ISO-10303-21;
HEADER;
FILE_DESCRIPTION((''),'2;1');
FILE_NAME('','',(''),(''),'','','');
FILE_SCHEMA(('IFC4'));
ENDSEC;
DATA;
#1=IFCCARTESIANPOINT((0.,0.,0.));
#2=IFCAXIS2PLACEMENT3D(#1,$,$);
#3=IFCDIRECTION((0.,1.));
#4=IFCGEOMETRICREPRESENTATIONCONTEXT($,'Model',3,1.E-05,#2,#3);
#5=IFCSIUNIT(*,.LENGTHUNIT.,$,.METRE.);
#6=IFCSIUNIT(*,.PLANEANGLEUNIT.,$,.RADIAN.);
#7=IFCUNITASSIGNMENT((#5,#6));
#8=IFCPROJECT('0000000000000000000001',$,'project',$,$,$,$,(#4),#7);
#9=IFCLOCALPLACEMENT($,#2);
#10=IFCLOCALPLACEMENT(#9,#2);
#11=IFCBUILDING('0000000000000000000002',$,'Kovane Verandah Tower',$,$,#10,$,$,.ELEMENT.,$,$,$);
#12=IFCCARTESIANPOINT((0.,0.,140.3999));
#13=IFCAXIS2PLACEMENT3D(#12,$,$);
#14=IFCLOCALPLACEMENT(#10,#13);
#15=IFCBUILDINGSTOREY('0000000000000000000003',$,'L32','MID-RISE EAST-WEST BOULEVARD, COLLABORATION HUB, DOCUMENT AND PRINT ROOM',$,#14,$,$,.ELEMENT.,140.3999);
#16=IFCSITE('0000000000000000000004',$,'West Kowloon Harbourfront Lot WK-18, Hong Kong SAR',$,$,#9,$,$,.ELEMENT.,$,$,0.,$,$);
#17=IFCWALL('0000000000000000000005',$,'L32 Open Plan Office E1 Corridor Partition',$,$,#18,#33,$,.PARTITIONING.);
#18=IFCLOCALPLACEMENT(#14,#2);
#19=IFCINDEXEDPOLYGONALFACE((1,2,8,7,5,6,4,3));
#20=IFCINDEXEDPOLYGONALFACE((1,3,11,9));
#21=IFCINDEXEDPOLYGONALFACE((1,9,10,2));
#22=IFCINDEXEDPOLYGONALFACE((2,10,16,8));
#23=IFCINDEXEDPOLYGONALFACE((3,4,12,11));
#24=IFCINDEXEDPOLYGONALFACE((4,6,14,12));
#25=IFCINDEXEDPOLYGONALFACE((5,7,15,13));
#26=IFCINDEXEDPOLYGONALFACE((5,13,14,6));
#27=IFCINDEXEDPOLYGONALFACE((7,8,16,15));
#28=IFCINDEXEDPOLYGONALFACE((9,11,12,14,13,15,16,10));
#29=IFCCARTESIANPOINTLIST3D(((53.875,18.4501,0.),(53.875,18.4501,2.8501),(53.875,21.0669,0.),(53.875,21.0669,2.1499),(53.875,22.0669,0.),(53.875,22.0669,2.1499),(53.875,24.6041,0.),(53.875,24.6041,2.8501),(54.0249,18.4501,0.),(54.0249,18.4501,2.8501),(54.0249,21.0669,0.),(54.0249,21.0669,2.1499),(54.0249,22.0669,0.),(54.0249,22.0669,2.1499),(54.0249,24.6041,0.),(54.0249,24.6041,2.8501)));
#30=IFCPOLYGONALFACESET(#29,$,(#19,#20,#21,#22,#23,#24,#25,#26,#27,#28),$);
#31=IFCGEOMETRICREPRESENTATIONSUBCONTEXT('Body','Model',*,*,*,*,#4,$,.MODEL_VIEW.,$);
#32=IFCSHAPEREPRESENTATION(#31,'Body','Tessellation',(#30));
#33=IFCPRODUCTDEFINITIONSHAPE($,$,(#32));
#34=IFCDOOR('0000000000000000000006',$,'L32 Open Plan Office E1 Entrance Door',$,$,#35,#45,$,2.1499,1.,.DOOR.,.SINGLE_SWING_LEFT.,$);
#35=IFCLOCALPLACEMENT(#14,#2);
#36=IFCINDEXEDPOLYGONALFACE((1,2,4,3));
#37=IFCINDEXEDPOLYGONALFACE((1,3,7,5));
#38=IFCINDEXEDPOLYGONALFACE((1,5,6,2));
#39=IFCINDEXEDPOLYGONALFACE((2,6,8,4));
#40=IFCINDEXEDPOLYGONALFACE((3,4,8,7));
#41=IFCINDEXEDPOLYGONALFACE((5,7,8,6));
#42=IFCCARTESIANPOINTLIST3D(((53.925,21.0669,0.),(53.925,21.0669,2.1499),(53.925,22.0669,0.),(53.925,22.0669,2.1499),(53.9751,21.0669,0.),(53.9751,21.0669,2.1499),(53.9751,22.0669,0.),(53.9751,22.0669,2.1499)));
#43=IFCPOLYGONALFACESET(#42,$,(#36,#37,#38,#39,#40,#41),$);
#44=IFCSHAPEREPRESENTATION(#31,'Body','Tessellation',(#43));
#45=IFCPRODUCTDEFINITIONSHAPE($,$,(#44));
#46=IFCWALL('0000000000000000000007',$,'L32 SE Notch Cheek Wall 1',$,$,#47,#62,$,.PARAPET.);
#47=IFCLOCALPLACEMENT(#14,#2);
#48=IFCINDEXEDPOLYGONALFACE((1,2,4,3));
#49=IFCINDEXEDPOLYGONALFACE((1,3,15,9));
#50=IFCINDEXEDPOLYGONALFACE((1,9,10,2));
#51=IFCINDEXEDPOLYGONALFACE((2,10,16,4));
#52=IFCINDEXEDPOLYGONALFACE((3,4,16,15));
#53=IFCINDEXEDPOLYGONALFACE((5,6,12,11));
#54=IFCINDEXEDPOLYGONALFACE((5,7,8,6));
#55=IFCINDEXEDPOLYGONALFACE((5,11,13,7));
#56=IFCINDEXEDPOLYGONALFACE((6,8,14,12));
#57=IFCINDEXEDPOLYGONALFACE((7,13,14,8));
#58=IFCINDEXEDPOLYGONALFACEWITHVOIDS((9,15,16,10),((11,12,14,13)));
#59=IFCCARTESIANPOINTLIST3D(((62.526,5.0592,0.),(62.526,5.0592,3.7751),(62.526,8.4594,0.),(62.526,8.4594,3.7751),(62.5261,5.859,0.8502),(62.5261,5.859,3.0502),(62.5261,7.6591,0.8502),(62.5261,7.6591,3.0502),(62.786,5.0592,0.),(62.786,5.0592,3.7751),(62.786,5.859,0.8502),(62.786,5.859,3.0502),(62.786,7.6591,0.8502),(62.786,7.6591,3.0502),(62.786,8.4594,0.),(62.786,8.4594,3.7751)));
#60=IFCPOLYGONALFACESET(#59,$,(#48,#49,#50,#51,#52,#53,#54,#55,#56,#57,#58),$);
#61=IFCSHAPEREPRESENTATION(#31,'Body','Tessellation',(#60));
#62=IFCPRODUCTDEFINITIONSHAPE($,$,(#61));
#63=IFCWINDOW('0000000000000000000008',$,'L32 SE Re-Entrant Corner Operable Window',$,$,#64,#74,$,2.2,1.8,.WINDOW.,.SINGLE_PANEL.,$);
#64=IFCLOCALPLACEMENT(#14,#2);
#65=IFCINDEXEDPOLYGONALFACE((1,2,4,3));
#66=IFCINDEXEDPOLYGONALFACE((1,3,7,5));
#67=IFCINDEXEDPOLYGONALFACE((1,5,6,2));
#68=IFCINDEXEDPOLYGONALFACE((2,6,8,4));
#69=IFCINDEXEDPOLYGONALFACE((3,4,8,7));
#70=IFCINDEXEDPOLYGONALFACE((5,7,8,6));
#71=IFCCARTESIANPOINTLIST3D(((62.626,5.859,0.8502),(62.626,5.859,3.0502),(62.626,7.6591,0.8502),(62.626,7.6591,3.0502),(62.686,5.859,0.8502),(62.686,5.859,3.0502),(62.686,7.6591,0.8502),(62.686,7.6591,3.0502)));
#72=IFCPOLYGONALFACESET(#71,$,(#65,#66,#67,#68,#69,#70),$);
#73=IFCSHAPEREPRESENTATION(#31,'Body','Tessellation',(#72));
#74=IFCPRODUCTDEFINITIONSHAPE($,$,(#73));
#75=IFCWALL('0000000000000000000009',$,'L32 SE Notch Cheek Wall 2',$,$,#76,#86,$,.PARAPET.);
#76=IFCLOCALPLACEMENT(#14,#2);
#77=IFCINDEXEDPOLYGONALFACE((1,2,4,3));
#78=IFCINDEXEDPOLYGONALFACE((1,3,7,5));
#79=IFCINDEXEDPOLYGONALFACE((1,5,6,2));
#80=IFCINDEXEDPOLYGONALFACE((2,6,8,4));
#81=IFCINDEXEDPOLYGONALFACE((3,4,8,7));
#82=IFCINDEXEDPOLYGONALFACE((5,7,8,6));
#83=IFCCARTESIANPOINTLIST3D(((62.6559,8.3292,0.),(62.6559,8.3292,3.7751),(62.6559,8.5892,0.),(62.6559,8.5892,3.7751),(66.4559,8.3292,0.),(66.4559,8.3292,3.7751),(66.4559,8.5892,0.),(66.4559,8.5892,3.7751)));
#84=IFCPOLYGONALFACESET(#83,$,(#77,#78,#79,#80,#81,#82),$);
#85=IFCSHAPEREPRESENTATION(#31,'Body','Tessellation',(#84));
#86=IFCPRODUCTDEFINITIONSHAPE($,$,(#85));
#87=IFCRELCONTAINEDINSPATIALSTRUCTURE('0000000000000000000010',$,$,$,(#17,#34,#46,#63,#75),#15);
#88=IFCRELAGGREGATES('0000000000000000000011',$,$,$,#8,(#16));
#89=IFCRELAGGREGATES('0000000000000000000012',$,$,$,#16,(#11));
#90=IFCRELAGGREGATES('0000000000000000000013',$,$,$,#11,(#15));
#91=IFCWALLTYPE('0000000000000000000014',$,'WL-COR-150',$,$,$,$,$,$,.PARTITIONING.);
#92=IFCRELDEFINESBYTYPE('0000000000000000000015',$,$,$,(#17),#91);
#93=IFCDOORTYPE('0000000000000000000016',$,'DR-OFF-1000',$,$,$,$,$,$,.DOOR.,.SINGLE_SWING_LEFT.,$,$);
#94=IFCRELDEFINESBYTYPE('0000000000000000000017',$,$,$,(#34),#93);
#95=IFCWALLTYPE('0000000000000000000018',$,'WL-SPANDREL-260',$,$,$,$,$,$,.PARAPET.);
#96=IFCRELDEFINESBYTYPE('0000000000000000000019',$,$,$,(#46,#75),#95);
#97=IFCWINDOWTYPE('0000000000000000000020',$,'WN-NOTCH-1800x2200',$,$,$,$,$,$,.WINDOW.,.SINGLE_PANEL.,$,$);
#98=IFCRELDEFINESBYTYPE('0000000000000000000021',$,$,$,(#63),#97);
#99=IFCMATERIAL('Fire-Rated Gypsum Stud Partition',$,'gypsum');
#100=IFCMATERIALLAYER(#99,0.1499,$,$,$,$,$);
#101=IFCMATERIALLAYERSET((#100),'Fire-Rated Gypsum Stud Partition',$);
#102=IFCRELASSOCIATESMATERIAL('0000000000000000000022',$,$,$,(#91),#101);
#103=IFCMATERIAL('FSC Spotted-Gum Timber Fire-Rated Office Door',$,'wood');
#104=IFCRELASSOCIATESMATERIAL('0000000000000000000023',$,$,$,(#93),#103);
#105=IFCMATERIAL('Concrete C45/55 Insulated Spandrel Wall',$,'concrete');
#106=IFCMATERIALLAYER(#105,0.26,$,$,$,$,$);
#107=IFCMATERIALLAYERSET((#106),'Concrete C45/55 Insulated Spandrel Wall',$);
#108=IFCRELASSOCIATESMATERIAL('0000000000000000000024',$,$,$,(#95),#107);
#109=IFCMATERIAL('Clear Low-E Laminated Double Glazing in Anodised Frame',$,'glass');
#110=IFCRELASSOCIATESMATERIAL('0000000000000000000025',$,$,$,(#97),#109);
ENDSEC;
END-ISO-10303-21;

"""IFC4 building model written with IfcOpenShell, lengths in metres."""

from ifc_helpers import new_model, si_unit, direction, frame, frame_2d, origin, place, context, subcontext, project, spatial, rectangle, extrude, material, layer, layer_set, type_object, element, fill, save


model = new_model("IFC4")

# Units and contexts
model_context = context("Model", 3, precision=1e-05, world=origin(), true_north=direction((0.0, 1.0)))
body_context = subcontext(model_context, "Body", "Model", "MODEL_VIEW")
ifc_project = project(units=[si_unit("LENGTHUNIT", "METRE"), si_unit("PLANEANGLEUNIT", "RADIAN")], contexts=[model_context])

# Site, building, storey
site_placement = place(None, origin())
site = spatial("IfcSite", under=ifc_project, at=site_placement, Name="West Kowloon Harbourfront Lot WK-18, Hong Kong SAR", CompositionType="ELEMENT", RefElevation=0.0)
building_placement = place(site_placement, origin())
building = spatial("IfcBuilding", under=site, at=building_placement, Name="Kovane Verandah Tower", CompositionType="ELEMENT")
storey_placement = place(building_placement, frame((0.0, 0.0, 140.3999)))
storey = spatial("IfcBuildingStorey", under=building, at=storey_placement, Name="L32", Description="MID-RISE EAST-WEST BOULEVARD, COLLABORATION HUB, DOCUMENT AND PRINT ROOM", CompositionType="ELEMENT", Elevation=140.3999)

# Wall, opening, door
ifc_material_1 = material(Name="Fire-Rated Gypsum Stud Partition", Category="gypsum")
ifc_layer_1 = layer(ifc_material_1, 0.1499)
ifc_layer_set_1 = layer_set([ifc_layer_1], Name="Fire-Rated Gypsum Stud Partition")
wall_type_1 = type_object("IfcWallType", Name="WL-COR-150", PredefinedType="PARTITIONING", material=ifc_layer_set_1)
wall_1_placement = place(storey_placement, frame((53.95, 18.45, 0.0), z_axis=(0.0, 0.0, 1.0), x_axis=(0.0, 1.0, 0.0)))
wall_1 = element("IfcWall", 1, at=wall_1_placement, inside=storey, type_object=wall_type_1, Name="L32 Open Plan Office E1 Corridor Partition", PredefinedType="PARTITIONING", context=body_context, shape_type="SweptSolid", body=[
    extrude(rectangle(XDim=6.1541, YDim=0.1499, at=frame_2d((3.0771, 0.0))), origin(), (0.0, 0.0, 1.0), 2.8501),
])
opening_1_placement = place(wall_1_placement, frame((2.6169, 0.0, 0.0)))
opening_1 = element("IfcOpeningElement", 2, at=opening_1_placement, cuts=wall_1, PredefinedType="OPENING", context=body_context, shape_type="SweptSolid", body=[
    extrude(rectangle(XDim=1.0, YDim=2.1499, at=frame_2d((0.5, 1.075))), frame((0.0, 0.075, 0.0), z_axis=(0.0, -1.0, 0.0), x_axis=(1.0, 0.0, 0.0)), (0.0, 0.0, 1.0), 0.1499),
])
ifc_material_2 = material(Name="FSC Spotted-Gum Timber Fire-Rated Office Door", Category="wood")
door_type = type_object("IfcDoorType", Name="DR-OFF-1000", OperationType="SINGLE_SWING_LEFT", PredefinedType="DOOR", material=ifc_material_2)
door_placement = place(opening_1_placement, origin())
door = element("IfcDoor", 3, at=door_placement, inside=storey, type_object=door_type, Name="L32 Open Plan Office E1 Entrance Door", OperationType="SINGLE_SWING_LEFT", OverallHeight=2.1499, OverallWidth=1.0, PredefinedType="DOOR", context=body_context, shape_type="SweptSolid", body=[
    extrude(rectangle(XDim=1.0, YDim=2.1499, at=frame_2d((0.5, 1.075))), frame((0.0, 0.0249, 0.0), z_axis=(0.0, -1.0, 0.0), x_axis=(1.0, 0.0, 0.0)), (0.0, 0.0, 1.0), 0.05),
])
fill(opening_1, door)

# Wall, opening, window
ifc_material_3 = material(Name="Concrete C45/55 Insulated Spandrel Wall", Category="concrete")
ifc_layer_2 = layer(ifc_material_3, 0.26)
ifc_layer_set_2 = layer_set([ifc_layer_2], Name="Concrete C45/55 Insulated Spandrel Wall")
wall_type_2 = type_object("IfcWallType", Name="WL-SPANDREL-260", PredefinedType="PARAPET", material=ifc_layer_set_2)
wall_2_placement = place(storey_placement, frame((62.656, 5.0591, 0.0), z_axis=(0.0, 0.0, 1.0), x_axis=(0.0, 1.0, 0.0)))
wall_2 = element("IfcWall", 4, at=wall_2_placement, inside=storey, type_object=wall_type_2, Name="L32 SE Notch Cheek Wall 1", PredefinedType="PARAPET", context=body_context, shape_type="SweptSolid", body=[
    extrude(rectangle(XDim=3.4001, YDim=0.26, at=frame_2d((1.7002, 0.0))), origin(), (0.0, 0.0, 1.0), 3.7751),
])
opening_2_placement = place(wall_2_placement, frame((0.8, 0.0, 0.8501)))
opening_2 = element("IfcOpeningElement", 5, at=opening_2_placement, cuts=wall_2, PredefinedType="OPENING", context=body_context, shape_type="SweptSolid", body=[
    extrude(rectangle(XDim=1.8, YDim=2.2, at=frame_2d((0.8999, 1.1001))), frame((0.0, 0.1299, 0.0), z_axis=(0.0, -1.0, 0.0), x_axis=(1.0, 0.0, 0.0)), (0.0, 0.0, 1.0), 0.26),
])
ifc_material_4 = material(Name="Clear Low-E Laminated Double Glazing in Anodised Frame", Category="glass")
window_type = type_object("IfcWindowType", Name="WN-NOTCH-1800x2200", PartitioningType="SINGLE_PANEL", PredefinedType="WINDOW", material=ifc_material_4)
window_placement = place(opening_2_placement, origin())
window = element("IfcWindow", 6, at=window_placement, inside=storey, type_object=window_type, Name="L32 SE Re-Entrant Corner Operable Window", OverallHeight=2.2, OverallWidth=1.8, PartitioningType="SINGLE_PANEL", PredefinedType="WINDOW", context=body_context, shape_type="SweptSolid", body=[
    extrude(rectangle(XDim=1.8, YDim=2.2, at=frame_2d((0.8999, 1.1001))), frame((0.0, 0.03, 0.0), z_axis=(0.0, -1.0, 0.0), x_axis=(1.0, 0.0, 0.0)), (0.0, 0.0, 1.0), 0.0601),
])
fill(opening_2, window)

# Wall
wall_3_placement = place(storey_placement, frame((62.656, 8.4592, 0.0), z_axis=(0.0, 0.0, 1.0), x_axis=(1.0, 0.0, 0.0)))
element("IfcWall", 7, at=wall_3_placement, inside=storey, type_object=wall_type_2, Name="L32 SE Notch Cheek Wall 2", PredefinedType="PARAPET", context=body_context, shape_type="SweptSolid", body=[
    extrude(rectangle(XDim=3.8, YDim=0.26, at=frame_2d((1.8999, 0.0))), origin(), (0.0, 0.0, 1.0), 3.7751),
])

save(model, "model.ifc")
